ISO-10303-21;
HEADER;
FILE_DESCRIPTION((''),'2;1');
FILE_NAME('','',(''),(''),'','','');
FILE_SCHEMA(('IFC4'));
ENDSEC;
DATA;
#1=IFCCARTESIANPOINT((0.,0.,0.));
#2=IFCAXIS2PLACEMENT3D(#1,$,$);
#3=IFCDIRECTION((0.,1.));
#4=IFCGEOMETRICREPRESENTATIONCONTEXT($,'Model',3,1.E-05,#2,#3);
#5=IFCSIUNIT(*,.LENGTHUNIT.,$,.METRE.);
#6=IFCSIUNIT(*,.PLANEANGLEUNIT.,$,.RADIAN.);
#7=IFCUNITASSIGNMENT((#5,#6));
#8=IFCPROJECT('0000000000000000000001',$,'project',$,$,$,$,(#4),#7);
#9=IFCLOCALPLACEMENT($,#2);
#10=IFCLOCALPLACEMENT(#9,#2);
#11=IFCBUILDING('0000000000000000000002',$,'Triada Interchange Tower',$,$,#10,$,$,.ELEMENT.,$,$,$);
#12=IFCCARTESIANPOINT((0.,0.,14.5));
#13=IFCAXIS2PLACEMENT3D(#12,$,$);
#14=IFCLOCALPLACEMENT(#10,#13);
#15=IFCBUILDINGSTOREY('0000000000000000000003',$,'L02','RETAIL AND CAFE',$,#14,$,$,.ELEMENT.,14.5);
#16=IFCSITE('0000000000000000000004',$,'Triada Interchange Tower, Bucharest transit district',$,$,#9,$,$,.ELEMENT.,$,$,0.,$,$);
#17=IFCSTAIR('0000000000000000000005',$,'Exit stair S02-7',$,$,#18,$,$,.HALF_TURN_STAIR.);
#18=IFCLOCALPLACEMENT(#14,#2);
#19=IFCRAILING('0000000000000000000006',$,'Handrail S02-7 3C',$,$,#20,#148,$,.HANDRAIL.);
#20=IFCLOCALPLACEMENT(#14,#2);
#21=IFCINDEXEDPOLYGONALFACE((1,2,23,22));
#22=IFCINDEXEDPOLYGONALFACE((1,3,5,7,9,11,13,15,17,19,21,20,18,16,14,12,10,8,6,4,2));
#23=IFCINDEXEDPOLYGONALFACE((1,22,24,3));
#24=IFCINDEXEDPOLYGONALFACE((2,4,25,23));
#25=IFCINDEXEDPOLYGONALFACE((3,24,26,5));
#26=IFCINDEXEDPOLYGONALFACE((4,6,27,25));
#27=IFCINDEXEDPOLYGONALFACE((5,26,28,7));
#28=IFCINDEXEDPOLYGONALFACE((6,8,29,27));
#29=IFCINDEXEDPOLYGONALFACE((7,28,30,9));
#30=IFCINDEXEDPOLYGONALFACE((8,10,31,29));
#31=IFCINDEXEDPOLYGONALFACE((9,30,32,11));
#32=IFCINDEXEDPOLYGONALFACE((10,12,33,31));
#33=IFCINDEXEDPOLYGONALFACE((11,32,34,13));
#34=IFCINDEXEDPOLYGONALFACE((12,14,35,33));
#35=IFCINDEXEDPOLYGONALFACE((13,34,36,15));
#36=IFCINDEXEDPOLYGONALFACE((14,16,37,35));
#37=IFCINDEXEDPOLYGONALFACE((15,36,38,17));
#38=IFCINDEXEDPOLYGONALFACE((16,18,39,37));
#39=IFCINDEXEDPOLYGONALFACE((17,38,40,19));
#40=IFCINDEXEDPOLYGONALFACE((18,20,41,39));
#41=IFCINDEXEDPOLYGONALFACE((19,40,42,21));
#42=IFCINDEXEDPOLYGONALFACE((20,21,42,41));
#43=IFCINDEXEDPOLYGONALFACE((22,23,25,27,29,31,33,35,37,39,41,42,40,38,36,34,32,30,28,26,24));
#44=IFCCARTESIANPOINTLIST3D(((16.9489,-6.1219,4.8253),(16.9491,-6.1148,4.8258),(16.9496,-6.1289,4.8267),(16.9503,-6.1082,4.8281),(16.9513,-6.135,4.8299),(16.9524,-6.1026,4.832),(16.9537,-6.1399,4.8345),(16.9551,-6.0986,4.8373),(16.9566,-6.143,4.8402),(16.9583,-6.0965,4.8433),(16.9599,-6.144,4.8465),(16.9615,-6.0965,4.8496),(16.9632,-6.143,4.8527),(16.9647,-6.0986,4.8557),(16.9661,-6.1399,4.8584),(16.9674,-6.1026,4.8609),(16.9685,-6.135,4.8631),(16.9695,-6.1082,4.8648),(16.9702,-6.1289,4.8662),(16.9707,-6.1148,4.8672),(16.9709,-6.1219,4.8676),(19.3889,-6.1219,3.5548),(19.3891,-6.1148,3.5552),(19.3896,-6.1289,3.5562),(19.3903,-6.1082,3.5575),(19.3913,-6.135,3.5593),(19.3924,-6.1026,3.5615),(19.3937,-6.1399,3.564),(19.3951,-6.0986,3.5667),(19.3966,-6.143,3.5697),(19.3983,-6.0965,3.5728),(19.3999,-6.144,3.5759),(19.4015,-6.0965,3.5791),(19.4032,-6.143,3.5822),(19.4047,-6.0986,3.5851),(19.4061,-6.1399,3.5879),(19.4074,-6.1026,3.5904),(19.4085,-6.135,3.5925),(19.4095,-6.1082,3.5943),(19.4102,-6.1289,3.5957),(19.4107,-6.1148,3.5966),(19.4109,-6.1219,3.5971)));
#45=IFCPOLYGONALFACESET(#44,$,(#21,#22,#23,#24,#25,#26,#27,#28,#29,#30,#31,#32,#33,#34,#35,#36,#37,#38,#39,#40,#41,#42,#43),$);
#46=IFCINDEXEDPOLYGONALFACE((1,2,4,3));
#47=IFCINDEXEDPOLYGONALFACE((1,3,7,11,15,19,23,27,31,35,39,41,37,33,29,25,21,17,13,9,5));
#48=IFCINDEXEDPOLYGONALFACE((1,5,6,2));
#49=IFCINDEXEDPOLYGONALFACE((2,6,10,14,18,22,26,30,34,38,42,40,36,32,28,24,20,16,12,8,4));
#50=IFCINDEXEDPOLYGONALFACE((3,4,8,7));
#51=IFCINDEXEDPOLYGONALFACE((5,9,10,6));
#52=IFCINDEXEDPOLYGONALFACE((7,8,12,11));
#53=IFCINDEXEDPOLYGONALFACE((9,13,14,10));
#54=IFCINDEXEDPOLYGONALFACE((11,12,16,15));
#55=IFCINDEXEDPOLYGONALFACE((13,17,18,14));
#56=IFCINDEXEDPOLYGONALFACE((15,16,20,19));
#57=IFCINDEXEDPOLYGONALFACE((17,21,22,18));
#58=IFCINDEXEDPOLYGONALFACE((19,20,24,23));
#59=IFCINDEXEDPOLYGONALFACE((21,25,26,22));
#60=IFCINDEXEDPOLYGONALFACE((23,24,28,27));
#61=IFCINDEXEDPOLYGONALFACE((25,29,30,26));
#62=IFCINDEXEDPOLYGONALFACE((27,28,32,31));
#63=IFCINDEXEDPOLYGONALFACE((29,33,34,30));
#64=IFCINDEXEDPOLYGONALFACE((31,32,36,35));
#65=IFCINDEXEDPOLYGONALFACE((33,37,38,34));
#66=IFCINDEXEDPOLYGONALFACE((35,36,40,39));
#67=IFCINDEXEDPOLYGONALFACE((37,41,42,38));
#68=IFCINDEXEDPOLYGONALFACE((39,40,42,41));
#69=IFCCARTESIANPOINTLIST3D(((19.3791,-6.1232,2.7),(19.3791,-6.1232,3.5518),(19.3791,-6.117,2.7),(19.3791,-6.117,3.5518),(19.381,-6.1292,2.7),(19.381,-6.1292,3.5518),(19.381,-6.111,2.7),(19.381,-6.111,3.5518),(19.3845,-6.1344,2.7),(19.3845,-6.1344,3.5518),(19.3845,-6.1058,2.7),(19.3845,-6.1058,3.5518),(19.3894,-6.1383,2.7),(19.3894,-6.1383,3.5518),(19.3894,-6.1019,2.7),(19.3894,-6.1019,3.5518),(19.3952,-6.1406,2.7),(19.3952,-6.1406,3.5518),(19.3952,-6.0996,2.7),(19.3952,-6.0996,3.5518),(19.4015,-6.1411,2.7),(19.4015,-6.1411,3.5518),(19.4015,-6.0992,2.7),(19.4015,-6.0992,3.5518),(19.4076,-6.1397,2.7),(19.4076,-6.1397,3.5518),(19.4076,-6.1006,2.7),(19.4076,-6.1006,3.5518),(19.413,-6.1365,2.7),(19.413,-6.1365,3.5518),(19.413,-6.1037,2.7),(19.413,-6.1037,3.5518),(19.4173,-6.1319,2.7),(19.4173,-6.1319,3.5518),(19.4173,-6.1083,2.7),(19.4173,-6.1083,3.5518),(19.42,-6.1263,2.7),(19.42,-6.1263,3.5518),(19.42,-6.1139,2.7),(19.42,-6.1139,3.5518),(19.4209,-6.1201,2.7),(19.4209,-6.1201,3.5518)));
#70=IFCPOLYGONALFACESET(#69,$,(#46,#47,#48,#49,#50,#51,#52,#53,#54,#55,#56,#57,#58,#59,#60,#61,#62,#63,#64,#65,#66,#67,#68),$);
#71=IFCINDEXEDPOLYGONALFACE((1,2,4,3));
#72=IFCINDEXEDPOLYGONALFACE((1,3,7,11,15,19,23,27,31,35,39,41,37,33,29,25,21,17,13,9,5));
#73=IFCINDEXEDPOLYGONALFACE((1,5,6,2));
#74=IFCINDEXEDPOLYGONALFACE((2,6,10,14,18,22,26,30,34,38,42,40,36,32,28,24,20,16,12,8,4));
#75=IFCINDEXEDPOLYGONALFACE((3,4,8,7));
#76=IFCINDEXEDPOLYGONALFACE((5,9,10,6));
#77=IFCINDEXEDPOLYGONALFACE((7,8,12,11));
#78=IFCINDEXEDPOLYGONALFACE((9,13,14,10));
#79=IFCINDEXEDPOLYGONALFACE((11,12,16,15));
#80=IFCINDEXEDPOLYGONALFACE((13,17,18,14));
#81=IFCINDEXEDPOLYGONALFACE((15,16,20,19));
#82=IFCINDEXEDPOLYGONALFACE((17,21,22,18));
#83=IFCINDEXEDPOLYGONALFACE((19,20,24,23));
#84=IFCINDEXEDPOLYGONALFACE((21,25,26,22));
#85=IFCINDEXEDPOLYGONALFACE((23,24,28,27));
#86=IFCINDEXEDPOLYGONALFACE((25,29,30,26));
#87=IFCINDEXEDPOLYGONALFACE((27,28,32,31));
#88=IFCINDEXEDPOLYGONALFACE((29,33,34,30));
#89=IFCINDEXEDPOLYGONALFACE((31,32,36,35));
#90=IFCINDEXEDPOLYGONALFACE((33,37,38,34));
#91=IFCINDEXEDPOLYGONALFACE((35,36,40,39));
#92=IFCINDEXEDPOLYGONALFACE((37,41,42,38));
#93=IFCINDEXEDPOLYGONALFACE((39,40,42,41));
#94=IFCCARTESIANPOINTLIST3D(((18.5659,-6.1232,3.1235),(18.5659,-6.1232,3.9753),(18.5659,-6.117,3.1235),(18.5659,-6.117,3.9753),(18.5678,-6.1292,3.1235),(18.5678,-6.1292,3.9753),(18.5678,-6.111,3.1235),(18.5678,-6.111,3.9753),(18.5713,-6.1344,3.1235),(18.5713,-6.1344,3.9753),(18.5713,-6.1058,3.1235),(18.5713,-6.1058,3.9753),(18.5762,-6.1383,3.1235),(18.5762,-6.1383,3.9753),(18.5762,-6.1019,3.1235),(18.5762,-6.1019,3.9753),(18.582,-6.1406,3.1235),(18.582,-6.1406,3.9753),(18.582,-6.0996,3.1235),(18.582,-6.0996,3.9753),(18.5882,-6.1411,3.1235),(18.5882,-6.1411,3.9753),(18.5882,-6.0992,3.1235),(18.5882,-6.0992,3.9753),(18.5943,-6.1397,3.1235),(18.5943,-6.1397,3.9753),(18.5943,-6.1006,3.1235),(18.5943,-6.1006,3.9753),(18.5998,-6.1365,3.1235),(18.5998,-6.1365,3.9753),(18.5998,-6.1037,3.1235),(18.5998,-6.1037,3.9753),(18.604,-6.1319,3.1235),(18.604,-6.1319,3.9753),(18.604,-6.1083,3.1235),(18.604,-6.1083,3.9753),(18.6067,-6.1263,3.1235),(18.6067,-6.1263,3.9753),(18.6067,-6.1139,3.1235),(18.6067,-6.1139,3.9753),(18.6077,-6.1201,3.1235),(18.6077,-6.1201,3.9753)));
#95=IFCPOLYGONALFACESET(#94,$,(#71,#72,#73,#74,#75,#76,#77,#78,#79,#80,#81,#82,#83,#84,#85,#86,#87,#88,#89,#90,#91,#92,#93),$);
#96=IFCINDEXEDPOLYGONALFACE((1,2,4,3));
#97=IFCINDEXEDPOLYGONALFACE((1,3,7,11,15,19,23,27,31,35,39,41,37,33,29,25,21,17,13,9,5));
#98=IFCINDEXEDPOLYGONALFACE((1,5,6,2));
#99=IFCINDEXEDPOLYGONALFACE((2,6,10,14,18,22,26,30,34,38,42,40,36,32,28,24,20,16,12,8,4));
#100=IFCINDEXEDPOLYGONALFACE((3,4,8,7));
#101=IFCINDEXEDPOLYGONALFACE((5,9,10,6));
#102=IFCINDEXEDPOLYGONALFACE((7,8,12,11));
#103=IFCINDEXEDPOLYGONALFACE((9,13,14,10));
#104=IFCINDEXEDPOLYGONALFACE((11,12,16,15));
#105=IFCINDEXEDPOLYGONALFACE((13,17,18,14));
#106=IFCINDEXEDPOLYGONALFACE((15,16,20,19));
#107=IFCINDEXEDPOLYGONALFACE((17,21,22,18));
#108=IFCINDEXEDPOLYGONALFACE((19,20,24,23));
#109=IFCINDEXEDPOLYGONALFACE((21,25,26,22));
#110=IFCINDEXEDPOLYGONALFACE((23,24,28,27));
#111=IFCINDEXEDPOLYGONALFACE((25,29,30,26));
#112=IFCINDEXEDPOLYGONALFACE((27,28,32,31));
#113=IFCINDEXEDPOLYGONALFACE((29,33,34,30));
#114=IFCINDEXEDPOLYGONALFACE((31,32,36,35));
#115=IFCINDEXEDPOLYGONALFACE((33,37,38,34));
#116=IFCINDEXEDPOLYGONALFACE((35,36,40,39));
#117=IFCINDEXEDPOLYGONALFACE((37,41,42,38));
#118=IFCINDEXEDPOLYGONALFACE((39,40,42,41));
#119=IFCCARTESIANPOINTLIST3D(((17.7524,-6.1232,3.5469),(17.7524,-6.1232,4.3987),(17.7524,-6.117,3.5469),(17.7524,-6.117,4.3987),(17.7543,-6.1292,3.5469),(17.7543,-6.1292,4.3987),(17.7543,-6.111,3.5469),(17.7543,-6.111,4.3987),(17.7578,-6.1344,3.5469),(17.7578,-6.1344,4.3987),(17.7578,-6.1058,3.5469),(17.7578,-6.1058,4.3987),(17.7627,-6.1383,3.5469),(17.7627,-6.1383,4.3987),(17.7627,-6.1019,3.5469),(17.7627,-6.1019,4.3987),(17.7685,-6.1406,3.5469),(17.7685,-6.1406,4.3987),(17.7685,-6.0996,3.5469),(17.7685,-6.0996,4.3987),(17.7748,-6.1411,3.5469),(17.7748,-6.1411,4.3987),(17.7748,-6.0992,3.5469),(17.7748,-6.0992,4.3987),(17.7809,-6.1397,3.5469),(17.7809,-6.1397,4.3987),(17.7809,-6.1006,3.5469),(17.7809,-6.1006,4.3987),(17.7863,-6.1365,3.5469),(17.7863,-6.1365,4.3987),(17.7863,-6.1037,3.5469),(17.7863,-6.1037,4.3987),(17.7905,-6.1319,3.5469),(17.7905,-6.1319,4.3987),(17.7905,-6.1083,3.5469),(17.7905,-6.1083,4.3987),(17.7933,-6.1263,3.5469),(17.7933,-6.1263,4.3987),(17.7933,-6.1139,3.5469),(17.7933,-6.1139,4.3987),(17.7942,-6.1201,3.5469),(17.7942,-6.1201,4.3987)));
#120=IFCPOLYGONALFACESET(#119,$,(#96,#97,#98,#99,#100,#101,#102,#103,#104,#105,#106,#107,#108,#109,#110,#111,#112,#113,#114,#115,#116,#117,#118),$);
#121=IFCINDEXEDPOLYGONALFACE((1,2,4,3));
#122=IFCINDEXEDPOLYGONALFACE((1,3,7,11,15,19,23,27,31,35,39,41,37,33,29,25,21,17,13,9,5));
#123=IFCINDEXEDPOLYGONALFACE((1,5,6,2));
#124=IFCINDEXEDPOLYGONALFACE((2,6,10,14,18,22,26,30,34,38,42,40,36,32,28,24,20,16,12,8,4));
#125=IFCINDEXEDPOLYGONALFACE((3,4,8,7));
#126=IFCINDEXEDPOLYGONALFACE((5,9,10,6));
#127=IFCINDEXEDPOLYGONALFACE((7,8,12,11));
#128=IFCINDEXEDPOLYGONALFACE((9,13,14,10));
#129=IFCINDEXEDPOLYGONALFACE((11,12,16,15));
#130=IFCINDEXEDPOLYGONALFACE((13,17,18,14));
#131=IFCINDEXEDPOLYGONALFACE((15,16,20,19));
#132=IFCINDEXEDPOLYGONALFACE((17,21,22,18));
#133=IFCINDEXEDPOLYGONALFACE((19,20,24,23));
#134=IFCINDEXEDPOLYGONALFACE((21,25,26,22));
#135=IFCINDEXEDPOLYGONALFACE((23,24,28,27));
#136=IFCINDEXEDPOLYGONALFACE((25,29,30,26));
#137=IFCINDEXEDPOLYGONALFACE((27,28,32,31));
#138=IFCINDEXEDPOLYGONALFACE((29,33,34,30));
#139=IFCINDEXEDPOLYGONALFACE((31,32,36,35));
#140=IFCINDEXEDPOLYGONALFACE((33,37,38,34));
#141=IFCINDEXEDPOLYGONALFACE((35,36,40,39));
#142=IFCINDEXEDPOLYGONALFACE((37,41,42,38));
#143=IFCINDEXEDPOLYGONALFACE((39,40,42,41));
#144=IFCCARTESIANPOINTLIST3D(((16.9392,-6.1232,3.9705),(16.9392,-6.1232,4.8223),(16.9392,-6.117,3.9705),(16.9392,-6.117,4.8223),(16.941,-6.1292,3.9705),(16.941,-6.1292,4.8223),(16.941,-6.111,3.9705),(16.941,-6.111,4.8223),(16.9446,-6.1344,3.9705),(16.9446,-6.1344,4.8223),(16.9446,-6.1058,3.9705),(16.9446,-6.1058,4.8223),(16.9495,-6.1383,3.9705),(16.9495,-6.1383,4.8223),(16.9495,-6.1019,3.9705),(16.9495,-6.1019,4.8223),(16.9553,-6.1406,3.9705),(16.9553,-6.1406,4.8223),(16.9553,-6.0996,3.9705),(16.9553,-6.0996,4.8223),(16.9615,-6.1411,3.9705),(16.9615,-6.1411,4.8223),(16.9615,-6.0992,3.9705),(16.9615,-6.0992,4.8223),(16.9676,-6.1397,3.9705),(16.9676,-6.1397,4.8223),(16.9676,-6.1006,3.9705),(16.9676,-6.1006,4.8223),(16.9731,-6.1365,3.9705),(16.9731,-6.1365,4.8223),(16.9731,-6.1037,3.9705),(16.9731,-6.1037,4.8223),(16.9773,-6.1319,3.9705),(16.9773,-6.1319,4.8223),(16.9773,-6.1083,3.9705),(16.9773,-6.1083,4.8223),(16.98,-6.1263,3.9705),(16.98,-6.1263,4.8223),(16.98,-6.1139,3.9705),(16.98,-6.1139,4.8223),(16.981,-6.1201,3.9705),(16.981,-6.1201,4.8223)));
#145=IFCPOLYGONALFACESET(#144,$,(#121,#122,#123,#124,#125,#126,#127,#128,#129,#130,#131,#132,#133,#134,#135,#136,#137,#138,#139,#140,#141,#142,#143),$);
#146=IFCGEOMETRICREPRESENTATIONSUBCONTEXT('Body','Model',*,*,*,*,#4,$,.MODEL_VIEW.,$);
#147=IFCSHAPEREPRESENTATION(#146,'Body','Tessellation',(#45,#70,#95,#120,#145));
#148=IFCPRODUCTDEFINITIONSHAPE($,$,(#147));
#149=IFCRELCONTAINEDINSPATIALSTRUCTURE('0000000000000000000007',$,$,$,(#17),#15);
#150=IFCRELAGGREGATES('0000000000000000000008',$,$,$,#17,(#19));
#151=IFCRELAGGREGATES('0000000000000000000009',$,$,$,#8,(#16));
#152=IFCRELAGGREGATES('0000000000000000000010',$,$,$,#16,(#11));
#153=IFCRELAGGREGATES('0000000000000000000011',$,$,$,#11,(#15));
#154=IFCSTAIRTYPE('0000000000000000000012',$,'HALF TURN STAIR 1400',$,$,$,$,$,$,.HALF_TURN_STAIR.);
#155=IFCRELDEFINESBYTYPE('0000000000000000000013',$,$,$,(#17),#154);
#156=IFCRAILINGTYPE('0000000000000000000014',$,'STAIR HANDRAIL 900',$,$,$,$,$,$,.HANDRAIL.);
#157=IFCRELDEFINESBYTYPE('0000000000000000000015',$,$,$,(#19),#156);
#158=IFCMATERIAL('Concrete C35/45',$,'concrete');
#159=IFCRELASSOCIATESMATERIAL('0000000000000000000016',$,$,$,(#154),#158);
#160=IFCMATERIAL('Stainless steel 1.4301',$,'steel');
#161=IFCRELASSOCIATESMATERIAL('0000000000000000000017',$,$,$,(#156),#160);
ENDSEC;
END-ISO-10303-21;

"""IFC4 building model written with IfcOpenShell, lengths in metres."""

from ifc_helpers import new_model, si_unit, direction, frame, origin, origin_2d, place, context, subcontext, project, spatial, circle, extrude, material, type_object, element, aggregate, save


model = new_model("IFC4")

# Units and contexts
model_context = context("Model", 3, precision=1e-05, world=origin(), true_north=direction((0.0, 1.0)))
body_context = subcontext(model_context, "Body", "Model", "MODEL_VIEW")
ifc_project = project(units=[si_unit("LENGTHUNIT", "METRE"), si_unit("PLANEANGLEUNIT", "RADIAN")], contexts=[model_context])

# Site, building, storey
site_placement = place(None, origin())
site = spatial("IfcSite", under=ifc_project, at=site_placement, Name="Triada Interchange Tower, Bucharest transit district", CompositionType="ELEMENT", RefElevation=0.0)
building_placement = place(site_placement, origin())
building = spatial("IfcBuilding", under=site, at=building_placement, Name="Triada Interchange Tower", CompositionType="ELEMENT")
storey_placement = place(building_placement, frame((0.0, 0.0, 14.5)))
storey = spatial("IfcBuildingStorey", under=building, at=storey_placement, Name="L02", Description="RETAIL AND CAFE", CompositionType="ELEMENT", Elevation=14.5)

# Shared definitions
ifc_material_1 = material(Name="Concrete C35/45", Category="concrete")

# Stair, railing
stair_type = type_object("IfcStairType", Name="HALF TURN STAIR 1400", PredefinedType="HALF_TURN_STAIR", material=ifc_material_1)
stair_placement = place(storey_placement, origin())
stair = element("IfcStair", 1, at=stair_placement, inside=storey, type_object=stair_type, Name="Exit stair S02-7", PredefinedType="HALF_TURN_STAIR")
ifc_material_2 = material(Name="Stainless steel 1.4301", Category="steel")
railing_type_1 = type_object("IfcRailingType", Name="STAIR HANDRAIL 900", PredefinedType="HANDRAIL", material=ifc_material_2)
railing_1_placement = place(storey_placement, frame((19.3999, -6.1201, 2.7)))
railing_1 = element("IfcRailing", 2, at=railing_1_placement, type_object=railing_type_1, Name="Handrail S02-7 3C", PredefinedType="HANDRAIL", context=body_context, shape_type="SweptSolid", body=[
    extrude(circle(Radius=0.0239, at=origin_2d()), frame((0.0, 0.0, 0.876), z_axis=(-0.886958, 0.0, 0.46185), x_axis=(0.0, -1.0, 0.0)), (0.0, 0.0, 1.0), 2.751),
    extrude(circle(Radius=0.021, at=origin_2d()), origin(), (0.0, 0.0, 1.0), 0.8518),
    extrude(circle(Radius=0.021, at=origin_2d()), frame((-0.8132, 0.0, 0.4236)), (0.0, 0.0, 1.0), 0.8518),
    extrude(circle(Radius=0.021, at=origin_2d()), frame((-1.6267, 0.0, 0.8469)), (0.0, 0.0, 1.0), 0.8518),
    extrude(circle(Radius=0.021, at=origin_2d()), frame((-2.4399, 0.0, 1.2705)), (0.0, 0.0, 1.0), 0.8518),
])
aggregate(stair, [railing_1])

save(model, "model.ifc")
